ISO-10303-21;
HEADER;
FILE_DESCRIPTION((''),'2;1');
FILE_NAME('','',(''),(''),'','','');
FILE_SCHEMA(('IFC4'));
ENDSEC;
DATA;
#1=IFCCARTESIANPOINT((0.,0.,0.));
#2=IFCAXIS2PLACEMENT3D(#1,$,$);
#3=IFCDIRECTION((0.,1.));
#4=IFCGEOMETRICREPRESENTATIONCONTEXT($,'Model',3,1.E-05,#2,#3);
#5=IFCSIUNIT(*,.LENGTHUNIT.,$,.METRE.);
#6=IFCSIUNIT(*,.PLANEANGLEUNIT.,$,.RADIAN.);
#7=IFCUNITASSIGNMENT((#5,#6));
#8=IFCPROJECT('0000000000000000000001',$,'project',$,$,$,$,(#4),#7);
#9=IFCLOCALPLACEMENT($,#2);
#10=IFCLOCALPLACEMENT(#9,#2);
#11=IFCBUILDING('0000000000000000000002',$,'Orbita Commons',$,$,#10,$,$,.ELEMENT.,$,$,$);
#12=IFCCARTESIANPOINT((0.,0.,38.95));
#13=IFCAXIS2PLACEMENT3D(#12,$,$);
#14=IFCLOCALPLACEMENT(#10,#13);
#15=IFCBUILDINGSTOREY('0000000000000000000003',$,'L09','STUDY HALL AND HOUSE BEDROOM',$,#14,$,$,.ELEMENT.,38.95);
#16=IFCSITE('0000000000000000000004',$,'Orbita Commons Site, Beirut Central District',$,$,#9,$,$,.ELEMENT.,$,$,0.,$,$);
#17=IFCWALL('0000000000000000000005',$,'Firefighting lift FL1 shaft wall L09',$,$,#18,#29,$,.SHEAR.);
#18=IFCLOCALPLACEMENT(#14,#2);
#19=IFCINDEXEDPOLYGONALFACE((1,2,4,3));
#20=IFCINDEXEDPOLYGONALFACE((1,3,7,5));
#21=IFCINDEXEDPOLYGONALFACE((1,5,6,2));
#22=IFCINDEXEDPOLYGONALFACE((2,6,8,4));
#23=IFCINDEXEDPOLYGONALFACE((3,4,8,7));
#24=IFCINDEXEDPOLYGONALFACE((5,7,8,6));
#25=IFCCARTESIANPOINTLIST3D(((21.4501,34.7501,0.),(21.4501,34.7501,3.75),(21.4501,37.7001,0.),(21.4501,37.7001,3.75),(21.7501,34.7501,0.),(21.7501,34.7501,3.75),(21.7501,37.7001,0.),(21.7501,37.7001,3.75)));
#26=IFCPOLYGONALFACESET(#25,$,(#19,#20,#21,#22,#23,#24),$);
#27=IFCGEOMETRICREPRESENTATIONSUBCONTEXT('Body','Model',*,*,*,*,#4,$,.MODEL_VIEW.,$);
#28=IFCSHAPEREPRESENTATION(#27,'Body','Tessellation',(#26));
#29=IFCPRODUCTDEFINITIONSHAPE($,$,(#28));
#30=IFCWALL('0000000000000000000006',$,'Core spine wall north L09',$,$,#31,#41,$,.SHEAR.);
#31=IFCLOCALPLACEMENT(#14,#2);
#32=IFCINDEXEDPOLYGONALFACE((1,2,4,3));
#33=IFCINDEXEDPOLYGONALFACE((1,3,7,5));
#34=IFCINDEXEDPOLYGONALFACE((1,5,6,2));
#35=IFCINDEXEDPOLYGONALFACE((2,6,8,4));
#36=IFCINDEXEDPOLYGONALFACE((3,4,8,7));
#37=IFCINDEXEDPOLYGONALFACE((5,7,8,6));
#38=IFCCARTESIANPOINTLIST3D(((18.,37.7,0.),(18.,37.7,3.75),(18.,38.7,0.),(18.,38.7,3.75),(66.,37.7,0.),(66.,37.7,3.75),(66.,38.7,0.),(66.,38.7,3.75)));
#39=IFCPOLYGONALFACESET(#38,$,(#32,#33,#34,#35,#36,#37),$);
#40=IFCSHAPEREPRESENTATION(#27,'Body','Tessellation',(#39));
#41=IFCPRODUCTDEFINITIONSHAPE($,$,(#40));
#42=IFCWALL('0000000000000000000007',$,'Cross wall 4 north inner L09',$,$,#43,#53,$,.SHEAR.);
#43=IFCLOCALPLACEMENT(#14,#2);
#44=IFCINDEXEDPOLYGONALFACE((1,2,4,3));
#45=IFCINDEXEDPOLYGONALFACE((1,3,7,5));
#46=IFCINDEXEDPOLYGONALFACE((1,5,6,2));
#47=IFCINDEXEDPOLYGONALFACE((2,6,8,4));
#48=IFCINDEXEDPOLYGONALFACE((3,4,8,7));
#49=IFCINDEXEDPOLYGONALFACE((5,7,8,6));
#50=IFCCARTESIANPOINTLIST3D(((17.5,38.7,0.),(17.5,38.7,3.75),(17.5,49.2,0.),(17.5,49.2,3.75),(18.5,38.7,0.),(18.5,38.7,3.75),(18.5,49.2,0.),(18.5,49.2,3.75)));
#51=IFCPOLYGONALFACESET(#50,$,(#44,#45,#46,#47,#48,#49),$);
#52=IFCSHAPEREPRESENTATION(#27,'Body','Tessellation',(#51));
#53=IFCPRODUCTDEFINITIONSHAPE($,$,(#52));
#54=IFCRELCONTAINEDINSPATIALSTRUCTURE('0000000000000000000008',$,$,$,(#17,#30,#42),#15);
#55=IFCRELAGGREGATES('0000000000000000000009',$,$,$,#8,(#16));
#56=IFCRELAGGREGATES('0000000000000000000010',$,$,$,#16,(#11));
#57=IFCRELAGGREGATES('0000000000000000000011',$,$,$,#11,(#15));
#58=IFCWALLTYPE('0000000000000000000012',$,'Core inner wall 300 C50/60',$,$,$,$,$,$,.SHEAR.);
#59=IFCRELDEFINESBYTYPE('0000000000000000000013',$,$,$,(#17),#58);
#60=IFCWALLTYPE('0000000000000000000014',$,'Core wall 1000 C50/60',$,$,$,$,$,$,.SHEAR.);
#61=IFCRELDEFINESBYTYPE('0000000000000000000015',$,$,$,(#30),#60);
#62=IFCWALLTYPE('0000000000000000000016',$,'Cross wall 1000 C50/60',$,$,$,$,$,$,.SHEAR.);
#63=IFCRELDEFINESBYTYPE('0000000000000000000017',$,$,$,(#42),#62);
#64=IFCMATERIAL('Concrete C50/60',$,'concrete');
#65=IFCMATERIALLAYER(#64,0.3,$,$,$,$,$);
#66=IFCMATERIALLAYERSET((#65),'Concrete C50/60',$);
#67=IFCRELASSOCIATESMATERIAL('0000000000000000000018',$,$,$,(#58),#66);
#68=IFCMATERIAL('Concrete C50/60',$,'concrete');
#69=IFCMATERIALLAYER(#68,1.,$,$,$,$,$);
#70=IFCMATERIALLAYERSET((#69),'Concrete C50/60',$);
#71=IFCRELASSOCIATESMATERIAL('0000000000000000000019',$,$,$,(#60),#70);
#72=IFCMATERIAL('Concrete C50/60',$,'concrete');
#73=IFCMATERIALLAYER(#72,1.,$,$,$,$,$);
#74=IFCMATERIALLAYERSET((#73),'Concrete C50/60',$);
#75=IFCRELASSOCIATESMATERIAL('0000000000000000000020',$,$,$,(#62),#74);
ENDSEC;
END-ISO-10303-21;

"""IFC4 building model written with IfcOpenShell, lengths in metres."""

from ifc_helpers import new_model, si_unit, direction, frame, frame_2d, origin, place, context, subcontext, project, spatial, rectangle, extrude, material, layer, layer_set, type_object, element, save


model = new_model("IFC4")

# Units and contexts
model_context = context("Model", 3, precision=1e-05, world=origin(), true_north=direction((0.0, 1.0)))
body_context = subcontext(model_context, "Body", "Model", "MODEL_VIEW")
ifc_project = project(units=[si_unit("LENGTHUNIT", "METRE"), si_unit("PLANEANGLEUNIT", "RADIAN")], contexts=[model_context])

# Site, building, storey
site_placement = place(None, origin())
site = spatial("IfcSite", under=ifc_project, at=site_placement, Name="Orbita Commons Site, Beirut Central District", CompositionType="ELEMENT", RefElevation=0.0)
building_placement = place(site_placement, origin())
building = spatial("IfcBuilding", under=site, at=building_placement, Name="Orbita Commons", CompositionType="ELEMENT")
storey_placement = place(building_placement, frame((0.0, 0.0, 38.95)))
storey = spatial("IfcBuildingStorey", under=building, at=storey_placement, Name="L09", Description="STUDY HALL AND HOUSE BEDROOM", CompositionType="ELEMENT", Elevation=38.95)

# Walls
ifc_material_1 = material(Name="Concrete C50/60", Category="concrete")
ifc_layer_1 = layer(ifc_material_1, 0.3)
ifc_layer_set_1 = layer_set([ifc_layer_1], Name="Concrete C50/60")
wall_type_1 = type_object("IfcWallType", Name="Core inner wall 300 C50/60", PredefinedType="SHEAR", material=ifc_layer_set_1)
wall_1_placement = place(storey_placement, frame((21.6001, 34.75, 0.0), z_axis=(0.0, 0.0, 1.0), x_axis=(0.0, 1.0, 0.0)))
element("IfcWall", 1, at=wall_1_placement, inside=storey, type_object=wall_type_1, Name="Firefighting lift FL1 shaft wall L09", PredefinedType="SHEAR", context=body_context, shape_type="SweptSolid", body=[
    extrude(rectangle(XDim=2.95, YDim=0.3, at=frame_2d((1.4751, 0.0))), origin(), (0.0, 0.0, 1.0), 3.75),
])
ifc_material_2 = material(Name="Concrete C50/60", Category="concrete")
ifc_layer_2 = layer(ifc_material_2, 1.0)
ifc_layer_set_2 = layer_set([ifc_layer_2], Name="Concrete C50/60")
wall_type_2 = type_object("IfcWallType", Name="Core wall 1000 C50/60", PredefinedType="SHEAR", material=ifc_layer_set_2)
wall_2_placement = place(storey_placement, frame((18.0, 38.2, 0.0), z_axis=(0.0, 0.0, 1.0), x_axis=(1.0, 0.0, 0.0)))
element("IfcWall", 2, at=wall_2_placement, inside=storey, type_object=wall_type_2, Name="Core spine wall north L09", PredefinedType="SHEAR", context=body_context, shape_type="SweptSolid", body=[
    extrude(rectangle(XDim=48.0, YDim=1.0, at=frame_2d((24.0, 0.0))), origin(), (0.0, 0.0, 1.0), 3.75),
])
ifc_material_3 = material(Name="Concrete C50/60", Category="concrete")
ifc_layer_3 = layer(ifc_material_3, 1.0)
ifc_layer_set_3 = layer_set([ifc_layer_3], Name="Concrete C50/60")
wall_type_3 = type_object("IfcWallType", Name="Cross wall 1000 C50/60", PredefinedType="SHEAR", material=ifc_layer_set_3)
wall_3_placement = place(storey_placement, frame((18.0, 38.7, 0.0), z_axis=(0.0, 0.0, 1.0), x_axis=(0.0, 1.0, 0.0)))
element("IfcWall", 3, at=wall_3_placement, inside=storey, type_object=wall_type_3, Name="Cross wall 4 north inner L09", PredefinedType="SHEAR", context=body_context, shape_type="SweptSolid", body=[
    extrude(rectangle(XDim=10.5, YDim=1.0, at=frame_2d((5.25, 0.0))), origin(), (0.0, 0.0, 1.0), 3.75),
])

save(model, "model.ifc")
